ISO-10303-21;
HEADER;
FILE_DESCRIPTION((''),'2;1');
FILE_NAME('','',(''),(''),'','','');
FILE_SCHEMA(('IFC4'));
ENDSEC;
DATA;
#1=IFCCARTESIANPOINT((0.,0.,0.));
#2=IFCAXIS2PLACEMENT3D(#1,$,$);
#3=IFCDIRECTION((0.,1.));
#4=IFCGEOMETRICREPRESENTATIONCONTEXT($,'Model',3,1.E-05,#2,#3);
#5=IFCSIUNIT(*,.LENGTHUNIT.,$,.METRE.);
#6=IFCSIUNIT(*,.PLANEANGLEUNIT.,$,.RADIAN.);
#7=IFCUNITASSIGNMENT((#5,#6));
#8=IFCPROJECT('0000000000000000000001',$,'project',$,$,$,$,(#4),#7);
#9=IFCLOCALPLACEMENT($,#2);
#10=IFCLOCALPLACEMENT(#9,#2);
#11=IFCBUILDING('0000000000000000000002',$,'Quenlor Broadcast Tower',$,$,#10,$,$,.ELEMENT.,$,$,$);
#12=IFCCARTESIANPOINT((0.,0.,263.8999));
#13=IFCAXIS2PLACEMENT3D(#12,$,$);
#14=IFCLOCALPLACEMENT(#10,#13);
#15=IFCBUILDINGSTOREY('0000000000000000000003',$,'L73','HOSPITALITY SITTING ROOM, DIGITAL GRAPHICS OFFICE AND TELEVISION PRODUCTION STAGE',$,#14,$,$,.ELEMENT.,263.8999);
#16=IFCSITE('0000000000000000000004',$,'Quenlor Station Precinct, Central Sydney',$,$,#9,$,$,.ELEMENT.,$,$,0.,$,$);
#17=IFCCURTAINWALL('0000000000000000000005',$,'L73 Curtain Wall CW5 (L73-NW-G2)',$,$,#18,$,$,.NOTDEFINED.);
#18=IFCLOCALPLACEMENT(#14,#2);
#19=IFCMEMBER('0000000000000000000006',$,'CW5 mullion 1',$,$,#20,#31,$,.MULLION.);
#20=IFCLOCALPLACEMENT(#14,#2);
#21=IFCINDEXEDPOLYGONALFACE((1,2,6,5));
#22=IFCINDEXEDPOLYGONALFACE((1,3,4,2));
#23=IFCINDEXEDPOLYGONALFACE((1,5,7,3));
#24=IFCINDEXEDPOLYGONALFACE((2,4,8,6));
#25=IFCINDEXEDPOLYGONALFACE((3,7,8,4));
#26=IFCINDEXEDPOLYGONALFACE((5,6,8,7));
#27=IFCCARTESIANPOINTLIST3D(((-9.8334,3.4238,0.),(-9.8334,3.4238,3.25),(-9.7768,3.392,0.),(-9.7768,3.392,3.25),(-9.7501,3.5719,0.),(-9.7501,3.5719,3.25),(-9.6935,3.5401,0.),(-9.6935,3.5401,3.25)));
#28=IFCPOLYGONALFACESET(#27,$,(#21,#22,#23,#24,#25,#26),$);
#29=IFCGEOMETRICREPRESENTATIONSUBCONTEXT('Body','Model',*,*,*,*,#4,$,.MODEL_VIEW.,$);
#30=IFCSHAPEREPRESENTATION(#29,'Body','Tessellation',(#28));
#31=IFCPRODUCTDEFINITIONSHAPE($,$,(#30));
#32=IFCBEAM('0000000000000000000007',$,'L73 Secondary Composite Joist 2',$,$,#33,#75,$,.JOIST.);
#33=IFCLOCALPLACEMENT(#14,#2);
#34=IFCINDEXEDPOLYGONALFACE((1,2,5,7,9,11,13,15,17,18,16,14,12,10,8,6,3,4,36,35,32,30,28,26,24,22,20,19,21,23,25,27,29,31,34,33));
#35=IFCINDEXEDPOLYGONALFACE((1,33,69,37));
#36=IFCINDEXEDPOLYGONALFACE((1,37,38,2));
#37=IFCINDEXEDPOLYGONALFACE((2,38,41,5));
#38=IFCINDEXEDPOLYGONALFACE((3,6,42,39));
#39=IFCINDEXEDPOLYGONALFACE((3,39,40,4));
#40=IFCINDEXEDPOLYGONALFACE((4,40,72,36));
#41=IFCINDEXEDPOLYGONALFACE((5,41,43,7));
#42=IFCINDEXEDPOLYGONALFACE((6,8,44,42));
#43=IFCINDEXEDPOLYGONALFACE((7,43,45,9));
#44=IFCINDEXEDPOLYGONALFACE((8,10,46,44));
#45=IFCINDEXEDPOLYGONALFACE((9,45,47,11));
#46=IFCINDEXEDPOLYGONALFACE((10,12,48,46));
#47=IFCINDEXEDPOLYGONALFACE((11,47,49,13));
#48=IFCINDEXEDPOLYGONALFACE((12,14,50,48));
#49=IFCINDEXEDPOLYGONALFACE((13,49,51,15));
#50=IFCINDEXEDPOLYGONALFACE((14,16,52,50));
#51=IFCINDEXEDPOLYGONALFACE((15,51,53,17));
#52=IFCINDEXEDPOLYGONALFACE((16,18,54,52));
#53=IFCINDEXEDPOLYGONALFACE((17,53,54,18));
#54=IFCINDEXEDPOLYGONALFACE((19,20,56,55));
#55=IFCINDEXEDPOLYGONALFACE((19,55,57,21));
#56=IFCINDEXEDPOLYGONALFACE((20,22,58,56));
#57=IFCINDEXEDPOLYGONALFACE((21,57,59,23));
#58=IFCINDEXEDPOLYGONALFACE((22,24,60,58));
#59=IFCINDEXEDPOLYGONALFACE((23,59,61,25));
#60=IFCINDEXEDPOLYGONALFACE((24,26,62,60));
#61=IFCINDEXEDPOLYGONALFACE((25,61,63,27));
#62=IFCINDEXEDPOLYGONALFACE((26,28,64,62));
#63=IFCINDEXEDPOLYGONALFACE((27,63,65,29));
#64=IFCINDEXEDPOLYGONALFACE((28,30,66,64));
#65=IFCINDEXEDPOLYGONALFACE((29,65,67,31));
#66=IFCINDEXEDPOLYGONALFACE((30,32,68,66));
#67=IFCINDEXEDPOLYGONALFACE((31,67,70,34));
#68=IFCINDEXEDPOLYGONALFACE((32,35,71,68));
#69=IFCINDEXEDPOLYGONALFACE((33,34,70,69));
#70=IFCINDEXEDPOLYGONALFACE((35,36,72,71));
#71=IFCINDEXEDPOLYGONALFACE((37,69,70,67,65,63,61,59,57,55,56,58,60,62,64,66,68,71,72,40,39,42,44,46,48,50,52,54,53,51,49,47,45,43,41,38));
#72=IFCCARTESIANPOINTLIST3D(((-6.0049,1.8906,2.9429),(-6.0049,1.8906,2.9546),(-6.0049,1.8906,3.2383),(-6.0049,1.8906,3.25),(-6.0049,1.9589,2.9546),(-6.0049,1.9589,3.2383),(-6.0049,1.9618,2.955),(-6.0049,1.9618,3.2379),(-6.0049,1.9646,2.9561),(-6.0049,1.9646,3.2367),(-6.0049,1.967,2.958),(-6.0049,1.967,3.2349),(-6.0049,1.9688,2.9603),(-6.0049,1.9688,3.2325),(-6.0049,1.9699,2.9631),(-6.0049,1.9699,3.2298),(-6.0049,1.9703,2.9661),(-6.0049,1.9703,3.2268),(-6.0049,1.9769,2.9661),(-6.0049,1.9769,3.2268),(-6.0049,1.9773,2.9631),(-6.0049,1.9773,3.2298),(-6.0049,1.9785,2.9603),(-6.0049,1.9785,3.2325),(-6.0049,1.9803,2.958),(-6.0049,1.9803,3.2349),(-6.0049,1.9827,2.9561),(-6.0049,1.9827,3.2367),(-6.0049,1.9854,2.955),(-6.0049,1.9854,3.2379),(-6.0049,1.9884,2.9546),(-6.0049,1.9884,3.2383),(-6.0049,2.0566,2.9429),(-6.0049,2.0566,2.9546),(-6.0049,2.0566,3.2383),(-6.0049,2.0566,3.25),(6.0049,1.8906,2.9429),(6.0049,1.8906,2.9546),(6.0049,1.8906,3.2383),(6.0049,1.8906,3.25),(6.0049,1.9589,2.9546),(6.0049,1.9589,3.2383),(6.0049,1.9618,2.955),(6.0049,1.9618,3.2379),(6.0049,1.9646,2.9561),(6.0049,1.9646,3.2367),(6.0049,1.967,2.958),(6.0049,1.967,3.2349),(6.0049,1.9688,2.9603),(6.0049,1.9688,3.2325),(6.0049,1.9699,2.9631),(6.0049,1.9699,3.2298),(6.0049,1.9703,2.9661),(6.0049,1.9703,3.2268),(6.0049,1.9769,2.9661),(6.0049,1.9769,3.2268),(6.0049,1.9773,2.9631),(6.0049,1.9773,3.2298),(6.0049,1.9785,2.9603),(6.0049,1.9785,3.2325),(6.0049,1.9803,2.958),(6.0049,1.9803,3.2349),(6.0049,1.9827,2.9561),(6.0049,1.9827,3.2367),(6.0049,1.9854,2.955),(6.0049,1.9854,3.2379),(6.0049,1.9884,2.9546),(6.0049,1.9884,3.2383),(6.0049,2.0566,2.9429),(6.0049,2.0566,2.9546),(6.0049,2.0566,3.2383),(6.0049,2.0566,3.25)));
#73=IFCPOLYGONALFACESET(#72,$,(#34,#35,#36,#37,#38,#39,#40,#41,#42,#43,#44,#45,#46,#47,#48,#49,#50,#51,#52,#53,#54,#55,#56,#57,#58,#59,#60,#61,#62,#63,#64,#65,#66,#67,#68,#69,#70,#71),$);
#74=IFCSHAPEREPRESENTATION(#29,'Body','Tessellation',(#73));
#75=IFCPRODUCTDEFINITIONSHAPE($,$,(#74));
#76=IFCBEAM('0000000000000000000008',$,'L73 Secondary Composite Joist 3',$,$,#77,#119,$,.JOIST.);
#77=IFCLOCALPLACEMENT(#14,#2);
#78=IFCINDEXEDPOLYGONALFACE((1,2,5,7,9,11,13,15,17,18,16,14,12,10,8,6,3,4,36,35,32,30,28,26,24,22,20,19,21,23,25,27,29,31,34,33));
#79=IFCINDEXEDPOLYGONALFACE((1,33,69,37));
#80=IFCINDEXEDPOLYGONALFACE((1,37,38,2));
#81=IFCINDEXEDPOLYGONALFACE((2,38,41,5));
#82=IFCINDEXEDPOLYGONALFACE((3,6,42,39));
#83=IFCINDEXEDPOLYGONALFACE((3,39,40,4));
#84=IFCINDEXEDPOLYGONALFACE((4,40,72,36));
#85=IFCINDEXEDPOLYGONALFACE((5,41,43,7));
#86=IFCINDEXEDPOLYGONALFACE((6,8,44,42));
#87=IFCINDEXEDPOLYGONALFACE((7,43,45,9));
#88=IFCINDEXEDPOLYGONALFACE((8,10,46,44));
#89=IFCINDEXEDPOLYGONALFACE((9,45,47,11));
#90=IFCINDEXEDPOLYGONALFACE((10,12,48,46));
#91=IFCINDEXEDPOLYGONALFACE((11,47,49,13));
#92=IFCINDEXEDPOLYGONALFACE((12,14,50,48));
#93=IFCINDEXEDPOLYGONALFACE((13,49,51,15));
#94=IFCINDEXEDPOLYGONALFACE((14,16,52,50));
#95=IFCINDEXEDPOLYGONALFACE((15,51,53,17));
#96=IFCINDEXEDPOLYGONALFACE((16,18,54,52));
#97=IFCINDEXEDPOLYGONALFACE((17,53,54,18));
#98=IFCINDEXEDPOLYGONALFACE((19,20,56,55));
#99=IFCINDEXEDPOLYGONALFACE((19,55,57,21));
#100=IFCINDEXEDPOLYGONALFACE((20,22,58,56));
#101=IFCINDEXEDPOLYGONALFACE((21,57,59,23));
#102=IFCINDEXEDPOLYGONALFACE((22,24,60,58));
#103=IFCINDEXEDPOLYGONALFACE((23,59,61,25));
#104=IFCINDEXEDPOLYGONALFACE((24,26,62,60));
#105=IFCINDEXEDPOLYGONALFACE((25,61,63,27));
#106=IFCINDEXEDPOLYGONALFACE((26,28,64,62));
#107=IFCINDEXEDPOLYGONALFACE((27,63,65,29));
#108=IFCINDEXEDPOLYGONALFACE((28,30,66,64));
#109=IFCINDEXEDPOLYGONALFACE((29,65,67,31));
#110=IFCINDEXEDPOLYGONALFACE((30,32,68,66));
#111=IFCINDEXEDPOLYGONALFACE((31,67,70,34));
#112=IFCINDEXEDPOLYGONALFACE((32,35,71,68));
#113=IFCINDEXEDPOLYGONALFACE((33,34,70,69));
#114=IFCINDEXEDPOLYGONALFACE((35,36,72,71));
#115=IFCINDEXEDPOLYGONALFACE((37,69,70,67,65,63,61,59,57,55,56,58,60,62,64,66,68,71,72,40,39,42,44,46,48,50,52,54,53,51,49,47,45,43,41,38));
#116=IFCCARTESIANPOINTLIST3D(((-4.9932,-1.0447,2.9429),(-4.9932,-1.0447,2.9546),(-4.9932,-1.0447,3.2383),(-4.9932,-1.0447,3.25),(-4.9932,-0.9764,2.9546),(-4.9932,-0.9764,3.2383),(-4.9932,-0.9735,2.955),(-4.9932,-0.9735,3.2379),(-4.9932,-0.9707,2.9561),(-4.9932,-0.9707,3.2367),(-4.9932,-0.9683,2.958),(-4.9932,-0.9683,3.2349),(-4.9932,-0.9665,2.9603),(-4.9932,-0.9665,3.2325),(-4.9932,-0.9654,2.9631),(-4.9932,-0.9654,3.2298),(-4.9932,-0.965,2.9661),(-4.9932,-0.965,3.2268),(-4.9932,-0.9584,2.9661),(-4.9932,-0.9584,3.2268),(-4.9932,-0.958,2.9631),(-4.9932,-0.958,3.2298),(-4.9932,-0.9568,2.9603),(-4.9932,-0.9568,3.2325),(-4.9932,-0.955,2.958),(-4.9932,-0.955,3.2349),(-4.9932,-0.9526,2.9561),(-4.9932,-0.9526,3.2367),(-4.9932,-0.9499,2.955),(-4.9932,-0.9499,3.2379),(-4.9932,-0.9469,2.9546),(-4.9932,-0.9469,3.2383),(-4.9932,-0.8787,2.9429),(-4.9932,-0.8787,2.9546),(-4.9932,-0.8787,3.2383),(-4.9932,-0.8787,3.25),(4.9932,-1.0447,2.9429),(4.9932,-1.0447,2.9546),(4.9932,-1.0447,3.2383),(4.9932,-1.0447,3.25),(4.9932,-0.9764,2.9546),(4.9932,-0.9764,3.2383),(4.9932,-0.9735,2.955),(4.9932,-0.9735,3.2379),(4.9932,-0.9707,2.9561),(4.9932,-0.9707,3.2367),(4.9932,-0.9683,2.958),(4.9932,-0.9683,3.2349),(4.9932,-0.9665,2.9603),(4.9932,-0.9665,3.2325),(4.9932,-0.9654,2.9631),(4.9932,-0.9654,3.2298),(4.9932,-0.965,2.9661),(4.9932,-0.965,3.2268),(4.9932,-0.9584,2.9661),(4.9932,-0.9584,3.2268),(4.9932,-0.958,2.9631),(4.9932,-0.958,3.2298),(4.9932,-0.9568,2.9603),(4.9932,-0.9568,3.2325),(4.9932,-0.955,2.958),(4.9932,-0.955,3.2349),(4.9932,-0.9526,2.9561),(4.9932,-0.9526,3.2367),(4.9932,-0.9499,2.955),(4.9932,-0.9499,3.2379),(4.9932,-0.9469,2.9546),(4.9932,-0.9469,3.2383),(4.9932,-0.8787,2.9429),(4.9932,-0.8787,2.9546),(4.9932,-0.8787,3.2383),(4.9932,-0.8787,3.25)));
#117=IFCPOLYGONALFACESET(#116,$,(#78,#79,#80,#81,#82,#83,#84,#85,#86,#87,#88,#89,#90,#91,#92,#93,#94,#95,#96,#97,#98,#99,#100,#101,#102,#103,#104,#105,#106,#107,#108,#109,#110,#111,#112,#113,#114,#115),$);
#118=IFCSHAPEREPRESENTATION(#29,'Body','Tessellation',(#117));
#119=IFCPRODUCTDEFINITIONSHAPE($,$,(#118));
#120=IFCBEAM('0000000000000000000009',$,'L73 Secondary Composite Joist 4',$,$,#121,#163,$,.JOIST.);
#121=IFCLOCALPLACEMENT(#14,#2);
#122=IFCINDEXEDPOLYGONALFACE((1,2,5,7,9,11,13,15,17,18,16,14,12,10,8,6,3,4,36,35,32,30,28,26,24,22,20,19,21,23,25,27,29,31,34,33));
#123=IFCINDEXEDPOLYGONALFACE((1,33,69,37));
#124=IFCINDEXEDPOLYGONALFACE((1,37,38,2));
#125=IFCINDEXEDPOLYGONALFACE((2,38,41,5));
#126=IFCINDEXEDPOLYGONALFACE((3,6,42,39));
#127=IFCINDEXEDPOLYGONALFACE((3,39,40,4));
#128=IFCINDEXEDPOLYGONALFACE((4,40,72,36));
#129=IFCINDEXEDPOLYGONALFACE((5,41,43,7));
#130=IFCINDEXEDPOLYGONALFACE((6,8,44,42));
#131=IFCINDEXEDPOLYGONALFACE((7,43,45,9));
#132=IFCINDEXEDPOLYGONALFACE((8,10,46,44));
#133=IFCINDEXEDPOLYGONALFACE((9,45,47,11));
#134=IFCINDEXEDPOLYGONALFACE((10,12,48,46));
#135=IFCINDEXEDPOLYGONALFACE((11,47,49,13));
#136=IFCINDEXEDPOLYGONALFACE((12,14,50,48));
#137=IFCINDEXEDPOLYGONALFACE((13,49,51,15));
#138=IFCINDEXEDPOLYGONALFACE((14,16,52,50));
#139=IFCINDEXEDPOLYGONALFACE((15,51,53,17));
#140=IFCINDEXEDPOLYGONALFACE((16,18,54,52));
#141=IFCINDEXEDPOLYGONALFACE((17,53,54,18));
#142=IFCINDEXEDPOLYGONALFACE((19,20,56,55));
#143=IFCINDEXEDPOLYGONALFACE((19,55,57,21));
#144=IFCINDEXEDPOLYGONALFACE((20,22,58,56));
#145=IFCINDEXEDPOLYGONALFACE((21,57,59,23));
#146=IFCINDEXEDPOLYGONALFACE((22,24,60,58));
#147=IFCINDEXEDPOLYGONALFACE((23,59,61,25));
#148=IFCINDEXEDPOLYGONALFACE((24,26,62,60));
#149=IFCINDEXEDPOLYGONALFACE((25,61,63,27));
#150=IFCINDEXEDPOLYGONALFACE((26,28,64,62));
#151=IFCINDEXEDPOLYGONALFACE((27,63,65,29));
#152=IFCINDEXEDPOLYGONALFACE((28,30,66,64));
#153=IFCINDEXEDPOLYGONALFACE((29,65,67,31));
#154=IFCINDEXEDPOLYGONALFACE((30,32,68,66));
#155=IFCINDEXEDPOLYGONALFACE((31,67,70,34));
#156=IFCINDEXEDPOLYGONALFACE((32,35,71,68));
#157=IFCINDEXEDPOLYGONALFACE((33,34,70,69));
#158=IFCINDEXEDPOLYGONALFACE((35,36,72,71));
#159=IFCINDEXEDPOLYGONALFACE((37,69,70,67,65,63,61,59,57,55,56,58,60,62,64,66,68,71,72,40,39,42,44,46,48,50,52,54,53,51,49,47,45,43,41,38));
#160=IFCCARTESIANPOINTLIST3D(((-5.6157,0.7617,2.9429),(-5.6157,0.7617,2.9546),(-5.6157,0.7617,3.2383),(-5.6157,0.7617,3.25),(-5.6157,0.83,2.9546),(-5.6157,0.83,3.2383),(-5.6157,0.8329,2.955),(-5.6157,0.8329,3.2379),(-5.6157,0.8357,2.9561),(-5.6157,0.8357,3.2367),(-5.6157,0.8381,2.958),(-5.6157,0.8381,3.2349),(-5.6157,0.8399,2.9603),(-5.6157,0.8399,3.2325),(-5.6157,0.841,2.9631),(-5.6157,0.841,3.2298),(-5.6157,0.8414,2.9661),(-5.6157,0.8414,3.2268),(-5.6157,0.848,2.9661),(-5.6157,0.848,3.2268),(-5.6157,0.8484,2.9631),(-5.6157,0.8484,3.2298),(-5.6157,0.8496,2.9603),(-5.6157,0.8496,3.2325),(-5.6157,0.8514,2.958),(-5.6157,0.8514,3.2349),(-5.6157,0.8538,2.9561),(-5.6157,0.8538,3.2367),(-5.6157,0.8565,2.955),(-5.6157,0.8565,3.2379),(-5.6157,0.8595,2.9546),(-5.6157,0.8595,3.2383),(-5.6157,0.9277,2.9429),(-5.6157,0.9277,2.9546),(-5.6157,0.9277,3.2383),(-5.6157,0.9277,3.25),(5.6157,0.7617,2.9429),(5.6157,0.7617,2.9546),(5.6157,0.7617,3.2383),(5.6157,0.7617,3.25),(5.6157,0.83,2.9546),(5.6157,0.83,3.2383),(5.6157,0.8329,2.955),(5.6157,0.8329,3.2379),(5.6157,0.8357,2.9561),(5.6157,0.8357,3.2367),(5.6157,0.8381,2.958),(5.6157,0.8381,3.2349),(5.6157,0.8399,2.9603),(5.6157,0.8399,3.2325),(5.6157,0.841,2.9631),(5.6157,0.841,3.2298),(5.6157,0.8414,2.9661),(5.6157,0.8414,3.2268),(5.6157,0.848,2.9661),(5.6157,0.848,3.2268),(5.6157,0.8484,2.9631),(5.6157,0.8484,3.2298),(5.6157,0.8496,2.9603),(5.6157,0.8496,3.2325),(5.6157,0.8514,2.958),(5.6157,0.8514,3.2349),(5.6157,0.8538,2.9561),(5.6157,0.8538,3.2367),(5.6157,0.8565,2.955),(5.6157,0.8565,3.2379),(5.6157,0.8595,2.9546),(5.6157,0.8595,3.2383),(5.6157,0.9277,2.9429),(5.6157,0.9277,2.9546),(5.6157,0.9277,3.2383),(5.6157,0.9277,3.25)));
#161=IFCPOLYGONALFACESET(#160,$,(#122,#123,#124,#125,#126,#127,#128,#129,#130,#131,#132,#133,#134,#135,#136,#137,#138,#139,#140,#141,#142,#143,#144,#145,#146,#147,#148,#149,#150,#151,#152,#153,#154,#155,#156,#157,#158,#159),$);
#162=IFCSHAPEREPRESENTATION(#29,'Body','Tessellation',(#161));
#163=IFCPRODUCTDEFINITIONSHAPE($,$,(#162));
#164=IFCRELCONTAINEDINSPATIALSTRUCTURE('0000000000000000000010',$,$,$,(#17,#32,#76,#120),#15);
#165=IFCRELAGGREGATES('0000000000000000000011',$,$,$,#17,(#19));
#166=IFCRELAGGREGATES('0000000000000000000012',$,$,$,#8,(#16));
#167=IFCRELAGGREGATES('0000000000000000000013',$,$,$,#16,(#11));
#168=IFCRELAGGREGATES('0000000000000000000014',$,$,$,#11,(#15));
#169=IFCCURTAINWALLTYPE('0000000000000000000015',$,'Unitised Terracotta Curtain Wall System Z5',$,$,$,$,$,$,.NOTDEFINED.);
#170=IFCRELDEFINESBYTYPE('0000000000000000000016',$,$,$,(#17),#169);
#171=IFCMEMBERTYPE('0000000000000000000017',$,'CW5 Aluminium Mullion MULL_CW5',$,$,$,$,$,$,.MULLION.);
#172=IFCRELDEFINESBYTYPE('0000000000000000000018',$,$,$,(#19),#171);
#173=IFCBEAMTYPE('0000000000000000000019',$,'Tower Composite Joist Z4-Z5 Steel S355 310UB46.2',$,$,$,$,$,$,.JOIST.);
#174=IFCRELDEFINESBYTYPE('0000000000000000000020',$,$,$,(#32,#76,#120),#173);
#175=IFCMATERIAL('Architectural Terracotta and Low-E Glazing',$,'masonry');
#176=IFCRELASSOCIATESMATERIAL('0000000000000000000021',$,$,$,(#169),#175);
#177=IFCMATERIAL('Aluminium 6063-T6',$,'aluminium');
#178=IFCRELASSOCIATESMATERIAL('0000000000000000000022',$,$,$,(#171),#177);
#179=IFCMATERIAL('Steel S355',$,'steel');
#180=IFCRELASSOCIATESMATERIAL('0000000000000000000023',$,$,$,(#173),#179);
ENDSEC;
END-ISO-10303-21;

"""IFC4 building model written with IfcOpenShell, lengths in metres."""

from ifc_helpers import new_model, si_unit, direction, frame, origin, origin_2d, place, context, subcontext, project, spatial, rectangle, i_section, extrude, material, material_profile, profile_set, type_object, element, aggregate, save


model = new_model("IFC4")

# Units and contexts
model_context = context("Model", 3, precision=1e-05, world=origin(), true_north=direction((0.0, 1.0)))
body_context = subcontext(model_context, "Body", "Model", "MODEL_VIEW")
ifc_project = project(units=[si_unit("LENGTHUNIT", "METRE"), si_unit("PLANEANGLEUNIT", "RADIAN")], contexts=[model_context])

# Site, building, storey
site_placement = place(None, origin())
site = spatial("IfcSite", under=ifc_project, at=site_placement, Name="Quenlor Station Precinct, Central Sydney", CompositionType="ELEMENT", RefElevation=0.0)
building_placement = place(site_placement, origin())
building = spatial("IfcBuilding", under=site, at=building_placement, Name="Quenlor Broadcast Tower", CompositionType="ELEMENT")
storey_placement = place(building_placement, frame((0.0, 0.0, 263.8999)))
storey = spatial("IfcBuildingStorey", under=building, at=storey_placement, Name="L73", Description="HOSPITALITY SITTING ROOM, DIGITAL GRAPHICS OFFICE AND TELEVISION PRODUCTION STAGE", CompositionType="ELEMENT", Elevation=263.8999)

# Curtain wall, member
ifc_material_1 = material(Name="Architectural Terracotta and Low-E Glazing", Category="masonry")
curtain_wall_type = type_object("IfcCurtainWallType", Name="Unitised Terracotta Curtain Wall System Z5", PredefinedType="NOTDEFINED", material=ifc_material_1)
curtain_wall_placement = place(storey_placement, origin())
curtain_wall = element("IfcCurtainWall", 1, at=curtain_wall_placement, inside=storey, type_object=curtain_wall_type, Name="L73 Curtain Wall CW5 (L73-NW-G2)", PredefinedType="NOTDEFINED")
ifc_material_2 = material(Name="Aluminium 6063-T6", Category="aluminium")
ifc_material_profile_1 = material_profile(ifc_material_2, rectangle(XDim=0.0649, YDim=0.1699, at=origin_2d()))
ifc_profile_set_1 = profile_set([ifc_material_profile_1], Name="Aluminium 6063-T6 MULL65x170")
member_type = type_object("IfcMemberType", Name="CW5 Aluminium Mullion MULL_CW5", PredefinedType="MULLION", material=ifc_profile_set_1)
member_placement = place(storey_placement, frame((-9.7634, 3.4819, 0.0), z_axis=(0.0, 0.0, 1.0), x_axis=(-0.871575, 0.490263, 0.0)))
member = element("IfcMember", 2, at=member_placement, type_object=member_type, Name="CW5 mullion 1", PredefinedType="MULLION", context=body_context, shape_type="SweptSolid", body=[
    extrude(rectangle(XDim=0.0649, YDim=0.1699, at=origin_2d()), origin(), (0.0, 0.0, 1.0), 3.25),
])
aggregate(curtain_wall, [member])

# Beams
ifc_material_3 = material(Name="Steel S355", Category="steel")
ifc_material_profile_2 = material_profile(ifc_material_3, i_section(OverallWidth=0.166, OverallDepth=0.3071, WebThickness=0.0066, FlangeThickness=0.0117, FilletRadius=0.0115, at=origin_2d()))
ifc_profile_set_2 = profile_set([ifc_material_profile_2], Name="Steel S355 310UB46.2")
beam_type = type_object("IfcBeamType", Name="Tower Composite Joist Z4-Z5 Steel S355 310UB46.2", PredefinedType="JOIST", material=ifc_profile_set_2)
beam_1_placement = place(storey_placement, frame((-6.0049, 1.9736, 3.0964), z_axis=(1.0, 0.0, 0.0), x_axis=(0.0, 1.0, 0.0)))
element("IfcBeam", 3, at=beam_1_placement, inside=storey, type_object=beam_type, Name="L73 Secondary Composite Joist 2", PredefinedType="JOIST", context=body_context, shape_type="SweptSolid", body=[
    extrude(i_section(OverallWidth=0.166, OverallDepth=0.3071, WebThickness=0.0066, FlangeThickness=0.0117, FilletRadius=0.0115, at=origin_2d()), origin(), (0.0, 0.0, 1.0), 12.0098),
])
beam_2_placement = place(storey_placement, frame((-4.9932, -0.9617, 3.0964), z_axis=(1.0, 0.0, 0.0), x_axis=(0.0, 1.0, 0.0)))
element("IfcBeam", 4, at=beam_2_placement, inside=storey, type_object=beam_type, Name="L73 Secondary Composite Joist 3", PredefinedType="JOIST", context=body_context, shape_type="SweptSolid", body=[
    extrude(i_section(OverallWidth=0.166, OverallDepth=0.3071, WebThickness=0.0066, FlangeThickness=0.0117, FilletRadius=0.0115, at=origin_2d()), origin(), (0.0, 0.0, 1.0), 9.9863),
])
beam_3_placement = place(storey_placement, frame((-5.6157, 0.8447, 3.0964), z_axis=(1.0, 0.0, 0.0), x_axis=(0.0, 1.0, 0.0)))
element("IfcBeam", 5, at=beam_3_placement, inside=storey, type_object=beam_type, Name="L73 Secondary Composite Joist 4", PredefinedType="JOIST", context=body_context, shape_type="SweptSolid", body=[
    extrude(i_section(OverallWidth=0.166, OverallDepth=0.3071, WebThickness=0.0066, FlangeThickness=0.0117, FilletRadius=0.0115, at=origin_2d()), origin(), (0.0, 0.0, 1.0), 11.2314),
])

save(model, "model.ifc")
